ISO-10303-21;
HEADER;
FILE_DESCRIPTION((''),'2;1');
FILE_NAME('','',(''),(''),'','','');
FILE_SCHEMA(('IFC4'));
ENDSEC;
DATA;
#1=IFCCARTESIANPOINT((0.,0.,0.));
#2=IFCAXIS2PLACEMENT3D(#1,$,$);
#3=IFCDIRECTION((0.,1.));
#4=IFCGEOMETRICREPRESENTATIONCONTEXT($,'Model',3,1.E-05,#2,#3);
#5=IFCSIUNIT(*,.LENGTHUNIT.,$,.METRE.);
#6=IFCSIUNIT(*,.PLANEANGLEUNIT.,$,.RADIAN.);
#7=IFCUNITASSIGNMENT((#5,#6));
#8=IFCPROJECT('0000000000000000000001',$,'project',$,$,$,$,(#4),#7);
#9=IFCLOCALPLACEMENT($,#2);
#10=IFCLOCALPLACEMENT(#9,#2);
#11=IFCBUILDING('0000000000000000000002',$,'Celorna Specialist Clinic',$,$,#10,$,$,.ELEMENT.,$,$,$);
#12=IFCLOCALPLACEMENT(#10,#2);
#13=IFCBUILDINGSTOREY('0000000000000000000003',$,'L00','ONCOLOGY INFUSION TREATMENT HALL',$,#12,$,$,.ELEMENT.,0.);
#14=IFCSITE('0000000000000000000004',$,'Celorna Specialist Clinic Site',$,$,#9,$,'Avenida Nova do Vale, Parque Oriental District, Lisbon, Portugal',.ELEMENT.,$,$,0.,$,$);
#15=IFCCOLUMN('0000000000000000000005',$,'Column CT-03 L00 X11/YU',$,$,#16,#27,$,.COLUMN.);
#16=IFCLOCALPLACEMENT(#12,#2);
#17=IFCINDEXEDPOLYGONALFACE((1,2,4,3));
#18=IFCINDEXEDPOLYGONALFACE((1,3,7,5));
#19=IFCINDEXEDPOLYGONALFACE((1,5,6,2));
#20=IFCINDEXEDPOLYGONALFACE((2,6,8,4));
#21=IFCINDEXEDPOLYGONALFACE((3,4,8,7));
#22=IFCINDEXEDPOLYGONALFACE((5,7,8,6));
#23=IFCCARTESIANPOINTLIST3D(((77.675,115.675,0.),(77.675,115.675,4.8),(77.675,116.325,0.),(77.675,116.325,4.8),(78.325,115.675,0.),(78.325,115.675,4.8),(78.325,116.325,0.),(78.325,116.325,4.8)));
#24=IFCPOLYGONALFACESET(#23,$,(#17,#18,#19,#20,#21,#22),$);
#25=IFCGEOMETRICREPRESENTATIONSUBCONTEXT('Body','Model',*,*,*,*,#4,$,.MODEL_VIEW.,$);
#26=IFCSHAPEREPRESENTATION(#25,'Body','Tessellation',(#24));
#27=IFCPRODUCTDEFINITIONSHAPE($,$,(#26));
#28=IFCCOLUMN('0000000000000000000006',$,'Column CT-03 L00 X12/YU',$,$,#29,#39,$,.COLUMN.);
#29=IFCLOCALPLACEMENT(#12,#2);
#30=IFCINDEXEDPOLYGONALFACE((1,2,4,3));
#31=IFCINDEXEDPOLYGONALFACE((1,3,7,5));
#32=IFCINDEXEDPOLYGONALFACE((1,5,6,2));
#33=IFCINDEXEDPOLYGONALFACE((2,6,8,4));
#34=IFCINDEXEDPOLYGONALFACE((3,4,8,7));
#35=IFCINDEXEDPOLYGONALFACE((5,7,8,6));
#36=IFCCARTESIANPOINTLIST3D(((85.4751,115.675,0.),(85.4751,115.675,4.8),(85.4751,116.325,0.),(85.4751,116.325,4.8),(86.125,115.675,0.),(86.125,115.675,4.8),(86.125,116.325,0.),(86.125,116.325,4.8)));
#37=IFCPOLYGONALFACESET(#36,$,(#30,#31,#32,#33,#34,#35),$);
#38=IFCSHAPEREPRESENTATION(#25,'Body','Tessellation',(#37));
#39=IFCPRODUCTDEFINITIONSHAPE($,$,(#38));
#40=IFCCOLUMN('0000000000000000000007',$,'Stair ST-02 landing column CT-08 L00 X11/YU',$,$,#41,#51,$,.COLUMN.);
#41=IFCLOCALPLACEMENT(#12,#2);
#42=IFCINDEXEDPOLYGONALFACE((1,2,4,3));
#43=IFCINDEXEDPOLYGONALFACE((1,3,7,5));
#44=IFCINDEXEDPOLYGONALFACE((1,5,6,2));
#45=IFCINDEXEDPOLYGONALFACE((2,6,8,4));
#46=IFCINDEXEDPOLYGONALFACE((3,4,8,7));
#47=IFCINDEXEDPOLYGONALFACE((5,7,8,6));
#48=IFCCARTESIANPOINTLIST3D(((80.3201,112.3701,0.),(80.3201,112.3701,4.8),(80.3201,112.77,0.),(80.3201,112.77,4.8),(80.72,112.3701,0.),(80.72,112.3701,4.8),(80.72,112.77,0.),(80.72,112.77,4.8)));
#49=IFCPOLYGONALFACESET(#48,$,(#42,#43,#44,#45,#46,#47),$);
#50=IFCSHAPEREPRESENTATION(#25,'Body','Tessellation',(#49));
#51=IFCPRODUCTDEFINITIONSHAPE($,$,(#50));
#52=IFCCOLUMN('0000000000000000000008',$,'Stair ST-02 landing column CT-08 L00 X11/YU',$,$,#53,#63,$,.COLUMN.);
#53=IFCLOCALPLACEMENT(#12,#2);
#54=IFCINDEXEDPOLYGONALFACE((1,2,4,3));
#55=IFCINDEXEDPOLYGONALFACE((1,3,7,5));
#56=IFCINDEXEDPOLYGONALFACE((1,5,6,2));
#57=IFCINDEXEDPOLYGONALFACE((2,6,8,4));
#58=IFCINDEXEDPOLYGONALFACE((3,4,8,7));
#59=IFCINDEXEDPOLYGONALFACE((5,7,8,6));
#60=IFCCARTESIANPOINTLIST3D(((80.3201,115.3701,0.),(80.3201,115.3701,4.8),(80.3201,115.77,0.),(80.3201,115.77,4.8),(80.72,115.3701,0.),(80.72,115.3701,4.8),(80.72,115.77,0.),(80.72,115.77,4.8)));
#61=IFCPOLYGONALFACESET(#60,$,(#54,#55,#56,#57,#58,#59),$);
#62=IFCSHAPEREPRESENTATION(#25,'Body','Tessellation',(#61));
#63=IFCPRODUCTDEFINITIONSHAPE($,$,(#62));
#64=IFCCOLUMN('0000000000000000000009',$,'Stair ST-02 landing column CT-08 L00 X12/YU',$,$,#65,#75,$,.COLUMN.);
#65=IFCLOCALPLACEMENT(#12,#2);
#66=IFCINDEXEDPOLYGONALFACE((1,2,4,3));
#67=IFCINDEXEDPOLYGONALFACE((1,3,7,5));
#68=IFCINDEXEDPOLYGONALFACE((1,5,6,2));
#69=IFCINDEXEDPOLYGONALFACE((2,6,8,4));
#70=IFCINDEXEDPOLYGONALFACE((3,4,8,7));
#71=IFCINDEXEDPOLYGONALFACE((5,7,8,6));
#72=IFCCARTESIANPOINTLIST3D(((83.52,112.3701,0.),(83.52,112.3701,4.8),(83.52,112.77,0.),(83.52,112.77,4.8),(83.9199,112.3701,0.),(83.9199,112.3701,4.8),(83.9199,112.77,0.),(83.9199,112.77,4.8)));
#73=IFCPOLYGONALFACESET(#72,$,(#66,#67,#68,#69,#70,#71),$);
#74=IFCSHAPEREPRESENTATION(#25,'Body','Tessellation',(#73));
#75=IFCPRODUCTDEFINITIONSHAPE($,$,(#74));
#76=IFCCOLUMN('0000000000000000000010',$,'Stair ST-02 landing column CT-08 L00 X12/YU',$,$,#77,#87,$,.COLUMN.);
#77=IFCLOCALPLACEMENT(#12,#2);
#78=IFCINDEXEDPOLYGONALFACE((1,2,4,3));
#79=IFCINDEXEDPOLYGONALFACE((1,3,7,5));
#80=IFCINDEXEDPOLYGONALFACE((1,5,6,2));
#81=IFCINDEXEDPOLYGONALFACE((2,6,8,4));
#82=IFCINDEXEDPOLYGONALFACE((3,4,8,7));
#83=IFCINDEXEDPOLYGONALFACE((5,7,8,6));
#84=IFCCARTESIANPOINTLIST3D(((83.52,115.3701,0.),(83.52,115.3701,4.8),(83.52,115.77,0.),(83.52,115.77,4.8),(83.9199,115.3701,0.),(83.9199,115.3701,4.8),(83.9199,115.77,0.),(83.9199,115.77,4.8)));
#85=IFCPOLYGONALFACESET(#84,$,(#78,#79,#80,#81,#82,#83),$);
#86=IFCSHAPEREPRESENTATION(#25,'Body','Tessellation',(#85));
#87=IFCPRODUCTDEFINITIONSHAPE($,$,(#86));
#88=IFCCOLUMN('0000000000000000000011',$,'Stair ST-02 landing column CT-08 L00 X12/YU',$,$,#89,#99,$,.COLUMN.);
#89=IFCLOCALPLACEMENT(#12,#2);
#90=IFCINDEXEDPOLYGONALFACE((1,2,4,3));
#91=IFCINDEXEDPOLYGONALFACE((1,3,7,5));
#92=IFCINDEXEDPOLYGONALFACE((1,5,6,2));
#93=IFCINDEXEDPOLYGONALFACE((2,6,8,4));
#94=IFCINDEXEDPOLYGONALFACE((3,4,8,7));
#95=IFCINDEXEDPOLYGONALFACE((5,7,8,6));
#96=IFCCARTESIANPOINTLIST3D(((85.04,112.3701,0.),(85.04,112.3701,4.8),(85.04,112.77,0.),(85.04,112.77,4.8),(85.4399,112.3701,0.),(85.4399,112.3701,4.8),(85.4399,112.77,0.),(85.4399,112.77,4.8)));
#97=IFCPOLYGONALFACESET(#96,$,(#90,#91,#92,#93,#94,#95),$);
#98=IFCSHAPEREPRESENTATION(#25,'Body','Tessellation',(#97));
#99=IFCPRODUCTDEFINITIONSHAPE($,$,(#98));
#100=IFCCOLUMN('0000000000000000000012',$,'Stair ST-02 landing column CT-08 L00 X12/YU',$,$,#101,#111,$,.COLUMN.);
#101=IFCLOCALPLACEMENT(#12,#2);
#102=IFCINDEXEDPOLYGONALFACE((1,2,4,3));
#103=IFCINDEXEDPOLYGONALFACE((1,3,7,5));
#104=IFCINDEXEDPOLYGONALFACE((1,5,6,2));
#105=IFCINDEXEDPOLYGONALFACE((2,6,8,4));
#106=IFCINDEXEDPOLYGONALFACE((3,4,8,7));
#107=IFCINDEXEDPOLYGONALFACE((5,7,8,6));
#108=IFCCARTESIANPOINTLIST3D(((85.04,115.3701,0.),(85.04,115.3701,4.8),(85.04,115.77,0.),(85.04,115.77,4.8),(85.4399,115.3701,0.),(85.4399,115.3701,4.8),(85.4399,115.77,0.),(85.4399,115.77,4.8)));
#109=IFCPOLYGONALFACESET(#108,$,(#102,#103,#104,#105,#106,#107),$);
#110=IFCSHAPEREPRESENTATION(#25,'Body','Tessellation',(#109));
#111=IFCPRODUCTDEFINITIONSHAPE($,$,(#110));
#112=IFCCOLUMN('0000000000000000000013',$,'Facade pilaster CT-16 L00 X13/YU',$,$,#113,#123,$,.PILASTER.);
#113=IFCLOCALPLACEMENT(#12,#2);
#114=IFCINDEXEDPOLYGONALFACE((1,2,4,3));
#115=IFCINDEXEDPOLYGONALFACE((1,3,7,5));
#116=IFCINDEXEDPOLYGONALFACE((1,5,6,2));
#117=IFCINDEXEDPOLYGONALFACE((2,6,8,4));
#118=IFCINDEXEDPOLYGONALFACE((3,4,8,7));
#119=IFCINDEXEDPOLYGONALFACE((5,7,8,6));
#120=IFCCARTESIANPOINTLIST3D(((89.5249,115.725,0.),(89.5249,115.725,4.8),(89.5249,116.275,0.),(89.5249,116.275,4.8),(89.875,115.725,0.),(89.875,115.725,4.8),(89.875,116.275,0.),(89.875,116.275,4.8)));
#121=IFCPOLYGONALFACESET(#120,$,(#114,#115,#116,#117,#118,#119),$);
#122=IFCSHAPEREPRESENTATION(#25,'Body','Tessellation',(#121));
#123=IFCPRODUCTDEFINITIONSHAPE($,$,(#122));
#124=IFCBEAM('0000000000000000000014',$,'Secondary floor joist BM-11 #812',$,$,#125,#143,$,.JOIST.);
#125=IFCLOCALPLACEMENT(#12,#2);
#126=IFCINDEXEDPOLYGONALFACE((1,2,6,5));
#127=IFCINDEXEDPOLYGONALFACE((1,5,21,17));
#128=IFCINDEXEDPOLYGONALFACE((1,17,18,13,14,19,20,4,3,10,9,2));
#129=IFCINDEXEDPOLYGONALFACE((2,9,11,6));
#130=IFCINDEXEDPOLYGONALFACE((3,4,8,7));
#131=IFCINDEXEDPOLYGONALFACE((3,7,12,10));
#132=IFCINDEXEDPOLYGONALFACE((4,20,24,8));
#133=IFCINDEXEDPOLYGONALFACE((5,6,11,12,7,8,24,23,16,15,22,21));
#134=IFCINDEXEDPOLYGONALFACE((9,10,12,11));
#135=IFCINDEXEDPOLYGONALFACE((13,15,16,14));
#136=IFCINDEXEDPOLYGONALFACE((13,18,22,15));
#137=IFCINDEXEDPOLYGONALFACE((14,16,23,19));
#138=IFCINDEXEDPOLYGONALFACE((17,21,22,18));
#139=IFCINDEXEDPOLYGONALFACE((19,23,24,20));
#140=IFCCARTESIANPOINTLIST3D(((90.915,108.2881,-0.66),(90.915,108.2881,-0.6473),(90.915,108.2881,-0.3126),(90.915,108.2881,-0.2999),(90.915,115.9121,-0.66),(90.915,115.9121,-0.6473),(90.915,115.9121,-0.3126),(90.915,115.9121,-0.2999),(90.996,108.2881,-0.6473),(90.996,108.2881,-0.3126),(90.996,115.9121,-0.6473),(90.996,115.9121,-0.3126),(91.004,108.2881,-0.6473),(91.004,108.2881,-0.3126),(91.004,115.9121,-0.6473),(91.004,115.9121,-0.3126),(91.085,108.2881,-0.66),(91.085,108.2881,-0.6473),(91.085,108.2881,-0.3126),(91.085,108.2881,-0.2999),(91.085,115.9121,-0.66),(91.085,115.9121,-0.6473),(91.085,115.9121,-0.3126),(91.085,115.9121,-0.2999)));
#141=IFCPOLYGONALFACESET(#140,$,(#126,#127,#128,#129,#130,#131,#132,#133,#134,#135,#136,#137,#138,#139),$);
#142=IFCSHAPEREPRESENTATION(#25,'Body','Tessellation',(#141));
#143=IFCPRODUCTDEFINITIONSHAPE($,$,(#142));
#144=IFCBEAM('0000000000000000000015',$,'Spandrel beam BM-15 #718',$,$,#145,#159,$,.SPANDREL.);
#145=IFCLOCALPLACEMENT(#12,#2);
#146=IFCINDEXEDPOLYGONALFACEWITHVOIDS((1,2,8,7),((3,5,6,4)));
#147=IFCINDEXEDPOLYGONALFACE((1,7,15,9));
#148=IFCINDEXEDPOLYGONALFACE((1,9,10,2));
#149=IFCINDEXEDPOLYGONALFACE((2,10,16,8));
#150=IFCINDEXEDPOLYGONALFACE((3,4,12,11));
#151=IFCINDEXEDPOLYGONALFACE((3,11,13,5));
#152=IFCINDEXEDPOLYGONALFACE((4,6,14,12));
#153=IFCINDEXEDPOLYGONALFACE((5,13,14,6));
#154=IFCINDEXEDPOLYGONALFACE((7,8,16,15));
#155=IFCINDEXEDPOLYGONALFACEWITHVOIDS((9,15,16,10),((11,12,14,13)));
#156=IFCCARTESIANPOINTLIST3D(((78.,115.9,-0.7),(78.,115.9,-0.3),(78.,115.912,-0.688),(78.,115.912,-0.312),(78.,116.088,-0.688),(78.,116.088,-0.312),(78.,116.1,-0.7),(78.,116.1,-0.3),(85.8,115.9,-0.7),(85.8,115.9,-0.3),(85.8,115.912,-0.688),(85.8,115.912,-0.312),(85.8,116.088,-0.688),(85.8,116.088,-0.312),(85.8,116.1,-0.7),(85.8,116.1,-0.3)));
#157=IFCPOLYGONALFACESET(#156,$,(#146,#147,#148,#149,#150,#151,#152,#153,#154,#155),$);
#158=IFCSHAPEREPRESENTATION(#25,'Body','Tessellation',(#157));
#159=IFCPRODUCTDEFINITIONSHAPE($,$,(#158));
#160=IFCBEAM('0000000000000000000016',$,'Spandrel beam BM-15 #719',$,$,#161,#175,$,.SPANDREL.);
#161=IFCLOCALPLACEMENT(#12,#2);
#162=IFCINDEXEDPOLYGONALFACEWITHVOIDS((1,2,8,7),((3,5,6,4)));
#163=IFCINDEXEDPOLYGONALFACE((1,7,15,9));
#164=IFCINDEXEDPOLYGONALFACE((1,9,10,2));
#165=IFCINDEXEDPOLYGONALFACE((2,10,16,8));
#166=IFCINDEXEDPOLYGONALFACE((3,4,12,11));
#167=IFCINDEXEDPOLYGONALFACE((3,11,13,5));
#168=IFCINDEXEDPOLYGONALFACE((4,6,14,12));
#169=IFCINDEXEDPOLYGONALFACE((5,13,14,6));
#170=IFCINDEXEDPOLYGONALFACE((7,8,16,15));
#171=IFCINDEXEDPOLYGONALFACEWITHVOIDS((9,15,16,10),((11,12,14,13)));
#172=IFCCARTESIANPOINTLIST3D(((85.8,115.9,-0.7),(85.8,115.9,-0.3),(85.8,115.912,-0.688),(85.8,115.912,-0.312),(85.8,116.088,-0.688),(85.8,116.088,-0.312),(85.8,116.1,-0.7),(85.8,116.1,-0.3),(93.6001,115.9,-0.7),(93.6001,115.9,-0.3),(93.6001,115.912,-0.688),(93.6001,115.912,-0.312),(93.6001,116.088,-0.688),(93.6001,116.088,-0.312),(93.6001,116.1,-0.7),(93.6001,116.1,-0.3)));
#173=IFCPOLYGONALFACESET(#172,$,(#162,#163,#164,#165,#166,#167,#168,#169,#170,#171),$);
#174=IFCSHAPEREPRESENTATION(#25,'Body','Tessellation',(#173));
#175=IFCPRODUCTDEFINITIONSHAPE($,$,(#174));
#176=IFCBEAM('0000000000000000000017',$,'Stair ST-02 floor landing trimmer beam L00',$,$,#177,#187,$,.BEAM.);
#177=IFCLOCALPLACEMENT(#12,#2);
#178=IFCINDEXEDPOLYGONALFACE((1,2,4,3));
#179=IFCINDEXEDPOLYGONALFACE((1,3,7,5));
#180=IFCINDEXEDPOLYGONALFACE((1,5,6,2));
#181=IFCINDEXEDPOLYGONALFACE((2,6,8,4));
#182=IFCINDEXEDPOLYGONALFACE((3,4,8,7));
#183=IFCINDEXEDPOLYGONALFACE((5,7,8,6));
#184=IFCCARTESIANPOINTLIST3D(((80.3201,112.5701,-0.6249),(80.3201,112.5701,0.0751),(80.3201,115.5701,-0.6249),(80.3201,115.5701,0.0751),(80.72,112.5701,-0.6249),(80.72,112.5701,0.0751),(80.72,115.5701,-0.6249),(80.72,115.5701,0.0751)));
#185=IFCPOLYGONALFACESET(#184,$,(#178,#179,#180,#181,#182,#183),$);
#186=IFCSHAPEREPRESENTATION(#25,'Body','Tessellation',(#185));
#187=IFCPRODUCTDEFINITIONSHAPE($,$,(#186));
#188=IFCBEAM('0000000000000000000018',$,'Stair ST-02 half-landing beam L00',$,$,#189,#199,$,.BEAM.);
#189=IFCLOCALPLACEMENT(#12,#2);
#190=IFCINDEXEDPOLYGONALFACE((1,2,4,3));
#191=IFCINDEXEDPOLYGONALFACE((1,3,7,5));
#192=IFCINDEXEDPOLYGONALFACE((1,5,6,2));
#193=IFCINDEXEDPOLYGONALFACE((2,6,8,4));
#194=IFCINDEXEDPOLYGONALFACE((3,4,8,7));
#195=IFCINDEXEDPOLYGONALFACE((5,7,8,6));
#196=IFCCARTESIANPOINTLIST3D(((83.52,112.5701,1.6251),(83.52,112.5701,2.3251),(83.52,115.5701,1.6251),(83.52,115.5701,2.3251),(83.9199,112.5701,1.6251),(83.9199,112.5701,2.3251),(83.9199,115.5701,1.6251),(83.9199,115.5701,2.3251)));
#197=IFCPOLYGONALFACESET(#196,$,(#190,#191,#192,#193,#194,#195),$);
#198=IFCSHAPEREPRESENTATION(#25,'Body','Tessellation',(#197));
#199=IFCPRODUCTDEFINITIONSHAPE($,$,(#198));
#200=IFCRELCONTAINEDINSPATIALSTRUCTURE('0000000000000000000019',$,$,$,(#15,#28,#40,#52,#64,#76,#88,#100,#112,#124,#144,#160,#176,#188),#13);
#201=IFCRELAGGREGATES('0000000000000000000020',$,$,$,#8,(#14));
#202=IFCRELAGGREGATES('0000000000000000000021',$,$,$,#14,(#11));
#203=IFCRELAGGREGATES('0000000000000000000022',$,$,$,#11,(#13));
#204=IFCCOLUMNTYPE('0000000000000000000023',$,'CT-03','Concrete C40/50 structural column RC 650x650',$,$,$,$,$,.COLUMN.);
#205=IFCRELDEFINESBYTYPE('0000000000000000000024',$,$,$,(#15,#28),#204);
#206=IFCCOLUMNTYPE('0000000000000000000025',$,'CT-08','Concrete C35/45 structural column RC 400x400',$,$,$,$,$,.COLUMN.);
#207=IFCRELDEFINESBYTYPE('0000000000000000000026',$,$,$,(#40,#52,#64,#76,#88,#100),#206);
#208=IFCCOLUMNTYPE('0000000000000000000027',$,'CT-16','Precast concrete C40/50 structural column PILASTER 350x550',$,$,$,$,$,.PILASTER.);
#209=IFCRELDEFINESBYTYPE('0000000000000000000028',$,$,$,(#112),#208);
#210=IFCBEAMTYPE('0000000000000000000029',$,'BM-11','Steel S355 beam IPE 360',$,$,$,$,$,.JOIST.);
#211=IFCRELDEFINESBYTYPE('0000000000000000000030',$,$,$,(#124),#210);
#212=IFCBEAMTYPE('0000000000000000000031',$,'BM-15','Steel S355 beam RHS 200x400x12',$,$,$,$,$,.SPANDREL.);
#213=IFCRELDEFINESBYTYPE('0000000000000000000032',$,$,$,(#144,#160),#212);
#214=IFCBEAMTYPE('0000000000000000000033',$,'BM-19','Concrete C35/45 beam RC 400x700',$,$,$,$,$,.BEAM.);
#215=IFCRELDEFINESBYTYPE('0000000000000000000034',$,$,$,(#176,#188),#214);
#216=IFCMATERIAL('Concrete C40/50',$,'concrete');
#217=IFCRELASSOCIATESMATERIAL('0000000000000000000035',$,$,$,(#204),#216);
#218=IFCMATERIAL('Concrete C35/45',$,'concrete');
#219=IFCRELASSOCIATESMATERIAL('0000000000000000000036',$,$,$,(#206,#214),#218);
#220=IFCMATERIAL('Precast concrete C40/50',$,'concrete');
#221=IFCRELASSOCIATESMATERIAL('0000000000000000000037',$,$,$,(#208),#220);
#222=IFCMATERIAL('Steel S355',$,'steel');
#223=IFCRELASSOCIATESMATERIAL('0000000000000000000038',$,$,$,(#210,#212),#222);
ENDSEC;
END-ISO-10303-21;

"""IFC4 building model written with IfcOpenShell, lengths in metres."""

from ifc_helpers import new_model, si_unit, direction, frame, origin, origin_2d, place, context, subcontext, project, spatial, rectangle, hollow_rectangle, i_section, extrude, material, material_profile, profile_set, type_object, element, save


model = new_model("IFC4")

# Units and contexts
model_context = context("Model", 3, precision=1e-05, world=origin(), true_north=direction((0.0, 1.0)))
body_context = subcontext(model_context, "Body", "Model", "MODEL_VIEW")
ifc_project = project(units=[si_unit("LENGTHUNIT", "METRE"), si_unit("PLANEANGLEUNIT", "RADIAN")], contexts=[model_context])

# Site, building, storey
site_placement = place(None, origin())
site = spatial("IfcSite", under=ifc_project, at=site_placement, Name="Celorna Specialist Clinic Site", LongName="Avenida Nova do Vale, Parque Oriental District, Lisbon, Portugal", CompositionType="ELEMENT", RefElevation=0.0)
building_placement = place(site_placement, origin())
building = spatial("IfcBuilding", under=site, at=building_placement, Name="Celorna Specialist Clinic", CompositionType="ELEMENT")
storey_placement = place(building_placement, origin())
storey = spatial("IfcBuildingStorey", under=building, at=storey_placement, Name="L00", Description="ONCOLOGY INFUSION TREATMENT HALL", CompositionType="ELEMENT", Elevation=0.0)

# Columns
ifc_material_1 = material(Name="Concrete C40/50", Category="concrete")
ifc_material_profile_1 = material_profile(ifc_material_1, rectangle(XDim=0.6499, YDim=0.6499, at=origin_2d()), Name="RC 650x650")
ifc_profile_set_1 = profile_set([ifc_material_profile_1], Name="Concrete C40/50")
column_type_1 = type_object("IfcColumnType", Name="CT-03", Description="Concrete C40/50 structural column RC 650x650", PredefinedType="COLUMN", material=ifc_profile_set_1)
for number, where, z_axis, x_axis, name in (
    (1, (78.0, 116.0, 0.0), (0.0, 0.0, 1.0), (1.0, 0.0, 0.0), "Column CT-03 L00 X11/YU"),
    (2, (85.8, 116.0, 0.0), (0.0, 0.0, 1.0), (1.0, 0.0, 0.0), "Column CT-03 L00 X12/YU"),
):
    element("IfcColumn", number, at=place(storey_placement, frame(where, z_axis=z_axis, x_axis=x_axis)), inside=storey, type_object=column_type_1, Name=name, PredefinedType="COLUMN", context=body_context, shape_type="SweptSolid", body=[
        extrude(rectangle(XDim=0.6499, YDim=0.6499, at=origin_2d()), origin(), (0.0, 0.0, 1.0), 4.8),
    ])
ifc_material_2 = material(Name="Concrete C35/45", Category="concrete")
ifc_material_profile_2 = material_profile(ifc_material_2, rectangle(XDim=0.3999, YDim=0.3999, at=origin_2d()), Name="RC 400x400")
ifc_profile_set_2 = profile_set([ifc_material_profile_2], Name="Concrete C35/45")
column_type_2 = type_object("IfcColumnType", Name="CT-08", Description="Concrete C35/45 structural column RC 400x400", PredefinedType="COLUMN", material=ifc_profile_set_2)
for number, where, z_axis, x_axis, name in (
    (3, (80.52, 112.5701, 0.0), (0.0, 0.0, 1.0), (1.0, 0.0, 0.0), "Stair ST-02 landing column CT-08 L00 X11/YU"),
    (4, (80.52, 115.5701, 0.0), (0.0, 0.0, 1.0), (1.0, 0.0, 0.0), "Stair ST-02 landing column CT-08 L00 X11/YU"),
    (5, (83.72, 112.5701, 0.0), (0.0, 0.0, 1.0), (1.0, 0.0, 0.0), "Stair ST-02 landing column CT-08 L00 X12/YU"),
    (6, (83.72, 115.5701, 0.0), (0.0, 0.0, 1.0), (1.0, 0.0, 0.0), "Stair ST-02 landing column CT-08 L00 X12/YU"),
    (7, (85.24, 112.5701, 0.0), (0.0, 0.0, 1.0), (1.0, 0.0, 0.0), "Stair ST-02 landing column CT-08 L00 X12/YU"),
    (8, (85.24, 115.5701, 0.0), (0.0, 0.0, 1.0), (1.0, 0.0, 0.0), "Stair ST-02 landing column CT-08 L00 X12/YU"),
):
    element("IfcColumn", number, at=place(storey_placement, frame(where, z_axis=z_axis, x_axis=x_axis)), inside=storey, type_object=column_type_2, Name=name, PredefinedType="COLUMN", context=body_context, shape_type="SweptSolid", body=[
        extrude(rectangle(XDim=0.3999, YDim=0.3999, at=origin_2d()), origin(), (0.0, 0.0, 1.0), 4.8),
    ])
ifc_material_3 = material(Name="Precast concrete C40/50", Category="concrete")
ifc_material_profile_3 = material_profile(ifc_material_3, rectangle(XDim=0.3501, YDim=0.55, at=origin_2d()), Name="PILASTER 350x550")
ifc_profile_set_3 = profile_set([ifc_material_profile_3], Name="Precast concrete C40/50")
column_type_3 = type_object("IfcColumnType", Name="CT-16", Description="Precast concrete C40/50 structural column PILASTER 350x550", PredefinedType="PILASTER", material=ifc_profile_set_3)
column_placement = place(storey_placement, frame((89.7, 116.0, 0.0), z_axis=(0.0, 0.0, 1.0), x_axis=(1.0, 0.0, 0.0)))
element("IfcColumn", 9, at=column_placement, inside=storey, type_object=column_type_3, Name="Facade pilaster CT-16 L00 X13/YU", PredefinedType="PILASTER", context=body_context, shape_type="SweptSolid", body=[
    extrude(rectangle(XDim=0.3501, YDim=0.55, at=origin_2d()), origin(), (0.0, 0.0, 1.0), 4.8),
])

# Beams
ifc_material_4 = material(Name="Steel S355", Category="steel")
ifc_material_profile_4 = material_profile(ifc_material_4, i_section(OverallWidth=0.1699, OverallDepth=0.3601, WebThickness=0.0081, FlangeThickness=0.0127, at=origin_2d()), Name="IPE 360")
ifc_profile_set_4 = profile_set([ifc_material_profile_4], Name="Steel S355")
beam_type_1 = type_object("IfcBeamType", Name="BM-11", Description="Steel S355 beam IPE 360", PredefinedType="JOIST", material=ifc_profile_set_4)
beam_placement = place(storey_placement, frame((91.0, 108.2881, -0.48), z_axis=(0.0, 1.0, 0.0), x_axis=(-1.0, 0.0, 0.0)))
element("IfcBeam", 10, at=beam_placement, inside=storey, type_object=beam_type_1, Name="Secondary floor joist BM-11 #812", PredefinedType="JOIST", context=body_context, shape_type="SweptSolid", body=[
    extrude(i_section(OverallWidth=0.1699, OverallDepth=0.3601, WebThickness=0.0081, FlangeThickness=0.0127, at=origin_2d()), origin(), (0.0, 0.0, 1.0), 7.624),
])
ifc_material_profile_5 = material_profile(ifc_material_4, hollow_rectangle(XDim=0.2, YDim=0.3999, WallThickness=0.012, at=origin_2d()), Name="RHS 200x400x12")
ifc_profile_set_5 = profile_set([ifc_material_profile_5], Name="Steel S355")
beam_type_2 = type_object("IfcBeamType", Name="BM-15", Description="Steel S355 beam RHS 200x400x12", PredefinedType="SPANDREL", material=ifc_profile_set_5)
for number, where, z_axis, x_axis, name in (
    (11, (78.0, 116.0, -0.5), (1.0, 0.0, 0.0), (0.0, 1.0, 0.0), "Spandrel beam BM-15 #718"),
    (12, (85.8, 116.0, -0.5), (1.0, 0.0, 0.0), (0.0, 1.0, 0.0), "Spandrel beam BM-15 #719"),
):
    element("IfcBeam", number, at=place(storey_placement, frame(where, z_axis=z_axis, x_axis=x_axis)), inside=storey, type_object=beam_type_2, Name=name, PredefinedType="SPANDREL", context=body_context, shape_type="SweptSolid", body=[
        extrude(hollow_rectangle(XDim=0.2, YDim=0.3999, WallThickness=0.012, at=origin_2d()), origin(), (0.0, 0.0, 1.0), 7.8),
    ])
ifc_material_profile_6 = material_profile(ifc_material_2, rectangle(XDim=0.3999, YDim=0.7, at=origin_2d()), Name="RC 400x700")
ifc_profile_set_6 = profile_set([ifc_material_profile_6], Name="Concrete C35/45")
beam_type_3 = type_object("IfcBeamType", Name="BM-19", Description="Concrete C35/45 beam RC 400x700", PredefinedType="BEAM", material=ifc_profile_set_6)
for number, where, z_axis, x_axis, name in (
    (13, (80.52, 112.5701, -0.2749), (0.0, 1.0, 0.0), (-1.0, 0.0, 0.0), "Stair ST-02 floor landing trimmer beam L00"),
    (14, (83.72, 112.5701, 1.9751), (0.0, 1.0, 0.0), (-1.0, 0.0, 0.0), "Stair ST-02 half-landing beam L00"),
):
    element("IfcBeam", number, at=place(storey_placement, frame(where, z_axis=z_axis, x_axis=x_axis)), inside=storey, type_object=beam_type_3, Name=name, PredefinedType="BEAM", context=body_context, shape_type="SweptSolid", body=[
        extrude(rectangle(XDim=0.3999, YDim=0.7, at=origin_2d()), origin(), (0.0, 0.0, 1.0), 3.0),
    ])

save(model, "model.ifc")
